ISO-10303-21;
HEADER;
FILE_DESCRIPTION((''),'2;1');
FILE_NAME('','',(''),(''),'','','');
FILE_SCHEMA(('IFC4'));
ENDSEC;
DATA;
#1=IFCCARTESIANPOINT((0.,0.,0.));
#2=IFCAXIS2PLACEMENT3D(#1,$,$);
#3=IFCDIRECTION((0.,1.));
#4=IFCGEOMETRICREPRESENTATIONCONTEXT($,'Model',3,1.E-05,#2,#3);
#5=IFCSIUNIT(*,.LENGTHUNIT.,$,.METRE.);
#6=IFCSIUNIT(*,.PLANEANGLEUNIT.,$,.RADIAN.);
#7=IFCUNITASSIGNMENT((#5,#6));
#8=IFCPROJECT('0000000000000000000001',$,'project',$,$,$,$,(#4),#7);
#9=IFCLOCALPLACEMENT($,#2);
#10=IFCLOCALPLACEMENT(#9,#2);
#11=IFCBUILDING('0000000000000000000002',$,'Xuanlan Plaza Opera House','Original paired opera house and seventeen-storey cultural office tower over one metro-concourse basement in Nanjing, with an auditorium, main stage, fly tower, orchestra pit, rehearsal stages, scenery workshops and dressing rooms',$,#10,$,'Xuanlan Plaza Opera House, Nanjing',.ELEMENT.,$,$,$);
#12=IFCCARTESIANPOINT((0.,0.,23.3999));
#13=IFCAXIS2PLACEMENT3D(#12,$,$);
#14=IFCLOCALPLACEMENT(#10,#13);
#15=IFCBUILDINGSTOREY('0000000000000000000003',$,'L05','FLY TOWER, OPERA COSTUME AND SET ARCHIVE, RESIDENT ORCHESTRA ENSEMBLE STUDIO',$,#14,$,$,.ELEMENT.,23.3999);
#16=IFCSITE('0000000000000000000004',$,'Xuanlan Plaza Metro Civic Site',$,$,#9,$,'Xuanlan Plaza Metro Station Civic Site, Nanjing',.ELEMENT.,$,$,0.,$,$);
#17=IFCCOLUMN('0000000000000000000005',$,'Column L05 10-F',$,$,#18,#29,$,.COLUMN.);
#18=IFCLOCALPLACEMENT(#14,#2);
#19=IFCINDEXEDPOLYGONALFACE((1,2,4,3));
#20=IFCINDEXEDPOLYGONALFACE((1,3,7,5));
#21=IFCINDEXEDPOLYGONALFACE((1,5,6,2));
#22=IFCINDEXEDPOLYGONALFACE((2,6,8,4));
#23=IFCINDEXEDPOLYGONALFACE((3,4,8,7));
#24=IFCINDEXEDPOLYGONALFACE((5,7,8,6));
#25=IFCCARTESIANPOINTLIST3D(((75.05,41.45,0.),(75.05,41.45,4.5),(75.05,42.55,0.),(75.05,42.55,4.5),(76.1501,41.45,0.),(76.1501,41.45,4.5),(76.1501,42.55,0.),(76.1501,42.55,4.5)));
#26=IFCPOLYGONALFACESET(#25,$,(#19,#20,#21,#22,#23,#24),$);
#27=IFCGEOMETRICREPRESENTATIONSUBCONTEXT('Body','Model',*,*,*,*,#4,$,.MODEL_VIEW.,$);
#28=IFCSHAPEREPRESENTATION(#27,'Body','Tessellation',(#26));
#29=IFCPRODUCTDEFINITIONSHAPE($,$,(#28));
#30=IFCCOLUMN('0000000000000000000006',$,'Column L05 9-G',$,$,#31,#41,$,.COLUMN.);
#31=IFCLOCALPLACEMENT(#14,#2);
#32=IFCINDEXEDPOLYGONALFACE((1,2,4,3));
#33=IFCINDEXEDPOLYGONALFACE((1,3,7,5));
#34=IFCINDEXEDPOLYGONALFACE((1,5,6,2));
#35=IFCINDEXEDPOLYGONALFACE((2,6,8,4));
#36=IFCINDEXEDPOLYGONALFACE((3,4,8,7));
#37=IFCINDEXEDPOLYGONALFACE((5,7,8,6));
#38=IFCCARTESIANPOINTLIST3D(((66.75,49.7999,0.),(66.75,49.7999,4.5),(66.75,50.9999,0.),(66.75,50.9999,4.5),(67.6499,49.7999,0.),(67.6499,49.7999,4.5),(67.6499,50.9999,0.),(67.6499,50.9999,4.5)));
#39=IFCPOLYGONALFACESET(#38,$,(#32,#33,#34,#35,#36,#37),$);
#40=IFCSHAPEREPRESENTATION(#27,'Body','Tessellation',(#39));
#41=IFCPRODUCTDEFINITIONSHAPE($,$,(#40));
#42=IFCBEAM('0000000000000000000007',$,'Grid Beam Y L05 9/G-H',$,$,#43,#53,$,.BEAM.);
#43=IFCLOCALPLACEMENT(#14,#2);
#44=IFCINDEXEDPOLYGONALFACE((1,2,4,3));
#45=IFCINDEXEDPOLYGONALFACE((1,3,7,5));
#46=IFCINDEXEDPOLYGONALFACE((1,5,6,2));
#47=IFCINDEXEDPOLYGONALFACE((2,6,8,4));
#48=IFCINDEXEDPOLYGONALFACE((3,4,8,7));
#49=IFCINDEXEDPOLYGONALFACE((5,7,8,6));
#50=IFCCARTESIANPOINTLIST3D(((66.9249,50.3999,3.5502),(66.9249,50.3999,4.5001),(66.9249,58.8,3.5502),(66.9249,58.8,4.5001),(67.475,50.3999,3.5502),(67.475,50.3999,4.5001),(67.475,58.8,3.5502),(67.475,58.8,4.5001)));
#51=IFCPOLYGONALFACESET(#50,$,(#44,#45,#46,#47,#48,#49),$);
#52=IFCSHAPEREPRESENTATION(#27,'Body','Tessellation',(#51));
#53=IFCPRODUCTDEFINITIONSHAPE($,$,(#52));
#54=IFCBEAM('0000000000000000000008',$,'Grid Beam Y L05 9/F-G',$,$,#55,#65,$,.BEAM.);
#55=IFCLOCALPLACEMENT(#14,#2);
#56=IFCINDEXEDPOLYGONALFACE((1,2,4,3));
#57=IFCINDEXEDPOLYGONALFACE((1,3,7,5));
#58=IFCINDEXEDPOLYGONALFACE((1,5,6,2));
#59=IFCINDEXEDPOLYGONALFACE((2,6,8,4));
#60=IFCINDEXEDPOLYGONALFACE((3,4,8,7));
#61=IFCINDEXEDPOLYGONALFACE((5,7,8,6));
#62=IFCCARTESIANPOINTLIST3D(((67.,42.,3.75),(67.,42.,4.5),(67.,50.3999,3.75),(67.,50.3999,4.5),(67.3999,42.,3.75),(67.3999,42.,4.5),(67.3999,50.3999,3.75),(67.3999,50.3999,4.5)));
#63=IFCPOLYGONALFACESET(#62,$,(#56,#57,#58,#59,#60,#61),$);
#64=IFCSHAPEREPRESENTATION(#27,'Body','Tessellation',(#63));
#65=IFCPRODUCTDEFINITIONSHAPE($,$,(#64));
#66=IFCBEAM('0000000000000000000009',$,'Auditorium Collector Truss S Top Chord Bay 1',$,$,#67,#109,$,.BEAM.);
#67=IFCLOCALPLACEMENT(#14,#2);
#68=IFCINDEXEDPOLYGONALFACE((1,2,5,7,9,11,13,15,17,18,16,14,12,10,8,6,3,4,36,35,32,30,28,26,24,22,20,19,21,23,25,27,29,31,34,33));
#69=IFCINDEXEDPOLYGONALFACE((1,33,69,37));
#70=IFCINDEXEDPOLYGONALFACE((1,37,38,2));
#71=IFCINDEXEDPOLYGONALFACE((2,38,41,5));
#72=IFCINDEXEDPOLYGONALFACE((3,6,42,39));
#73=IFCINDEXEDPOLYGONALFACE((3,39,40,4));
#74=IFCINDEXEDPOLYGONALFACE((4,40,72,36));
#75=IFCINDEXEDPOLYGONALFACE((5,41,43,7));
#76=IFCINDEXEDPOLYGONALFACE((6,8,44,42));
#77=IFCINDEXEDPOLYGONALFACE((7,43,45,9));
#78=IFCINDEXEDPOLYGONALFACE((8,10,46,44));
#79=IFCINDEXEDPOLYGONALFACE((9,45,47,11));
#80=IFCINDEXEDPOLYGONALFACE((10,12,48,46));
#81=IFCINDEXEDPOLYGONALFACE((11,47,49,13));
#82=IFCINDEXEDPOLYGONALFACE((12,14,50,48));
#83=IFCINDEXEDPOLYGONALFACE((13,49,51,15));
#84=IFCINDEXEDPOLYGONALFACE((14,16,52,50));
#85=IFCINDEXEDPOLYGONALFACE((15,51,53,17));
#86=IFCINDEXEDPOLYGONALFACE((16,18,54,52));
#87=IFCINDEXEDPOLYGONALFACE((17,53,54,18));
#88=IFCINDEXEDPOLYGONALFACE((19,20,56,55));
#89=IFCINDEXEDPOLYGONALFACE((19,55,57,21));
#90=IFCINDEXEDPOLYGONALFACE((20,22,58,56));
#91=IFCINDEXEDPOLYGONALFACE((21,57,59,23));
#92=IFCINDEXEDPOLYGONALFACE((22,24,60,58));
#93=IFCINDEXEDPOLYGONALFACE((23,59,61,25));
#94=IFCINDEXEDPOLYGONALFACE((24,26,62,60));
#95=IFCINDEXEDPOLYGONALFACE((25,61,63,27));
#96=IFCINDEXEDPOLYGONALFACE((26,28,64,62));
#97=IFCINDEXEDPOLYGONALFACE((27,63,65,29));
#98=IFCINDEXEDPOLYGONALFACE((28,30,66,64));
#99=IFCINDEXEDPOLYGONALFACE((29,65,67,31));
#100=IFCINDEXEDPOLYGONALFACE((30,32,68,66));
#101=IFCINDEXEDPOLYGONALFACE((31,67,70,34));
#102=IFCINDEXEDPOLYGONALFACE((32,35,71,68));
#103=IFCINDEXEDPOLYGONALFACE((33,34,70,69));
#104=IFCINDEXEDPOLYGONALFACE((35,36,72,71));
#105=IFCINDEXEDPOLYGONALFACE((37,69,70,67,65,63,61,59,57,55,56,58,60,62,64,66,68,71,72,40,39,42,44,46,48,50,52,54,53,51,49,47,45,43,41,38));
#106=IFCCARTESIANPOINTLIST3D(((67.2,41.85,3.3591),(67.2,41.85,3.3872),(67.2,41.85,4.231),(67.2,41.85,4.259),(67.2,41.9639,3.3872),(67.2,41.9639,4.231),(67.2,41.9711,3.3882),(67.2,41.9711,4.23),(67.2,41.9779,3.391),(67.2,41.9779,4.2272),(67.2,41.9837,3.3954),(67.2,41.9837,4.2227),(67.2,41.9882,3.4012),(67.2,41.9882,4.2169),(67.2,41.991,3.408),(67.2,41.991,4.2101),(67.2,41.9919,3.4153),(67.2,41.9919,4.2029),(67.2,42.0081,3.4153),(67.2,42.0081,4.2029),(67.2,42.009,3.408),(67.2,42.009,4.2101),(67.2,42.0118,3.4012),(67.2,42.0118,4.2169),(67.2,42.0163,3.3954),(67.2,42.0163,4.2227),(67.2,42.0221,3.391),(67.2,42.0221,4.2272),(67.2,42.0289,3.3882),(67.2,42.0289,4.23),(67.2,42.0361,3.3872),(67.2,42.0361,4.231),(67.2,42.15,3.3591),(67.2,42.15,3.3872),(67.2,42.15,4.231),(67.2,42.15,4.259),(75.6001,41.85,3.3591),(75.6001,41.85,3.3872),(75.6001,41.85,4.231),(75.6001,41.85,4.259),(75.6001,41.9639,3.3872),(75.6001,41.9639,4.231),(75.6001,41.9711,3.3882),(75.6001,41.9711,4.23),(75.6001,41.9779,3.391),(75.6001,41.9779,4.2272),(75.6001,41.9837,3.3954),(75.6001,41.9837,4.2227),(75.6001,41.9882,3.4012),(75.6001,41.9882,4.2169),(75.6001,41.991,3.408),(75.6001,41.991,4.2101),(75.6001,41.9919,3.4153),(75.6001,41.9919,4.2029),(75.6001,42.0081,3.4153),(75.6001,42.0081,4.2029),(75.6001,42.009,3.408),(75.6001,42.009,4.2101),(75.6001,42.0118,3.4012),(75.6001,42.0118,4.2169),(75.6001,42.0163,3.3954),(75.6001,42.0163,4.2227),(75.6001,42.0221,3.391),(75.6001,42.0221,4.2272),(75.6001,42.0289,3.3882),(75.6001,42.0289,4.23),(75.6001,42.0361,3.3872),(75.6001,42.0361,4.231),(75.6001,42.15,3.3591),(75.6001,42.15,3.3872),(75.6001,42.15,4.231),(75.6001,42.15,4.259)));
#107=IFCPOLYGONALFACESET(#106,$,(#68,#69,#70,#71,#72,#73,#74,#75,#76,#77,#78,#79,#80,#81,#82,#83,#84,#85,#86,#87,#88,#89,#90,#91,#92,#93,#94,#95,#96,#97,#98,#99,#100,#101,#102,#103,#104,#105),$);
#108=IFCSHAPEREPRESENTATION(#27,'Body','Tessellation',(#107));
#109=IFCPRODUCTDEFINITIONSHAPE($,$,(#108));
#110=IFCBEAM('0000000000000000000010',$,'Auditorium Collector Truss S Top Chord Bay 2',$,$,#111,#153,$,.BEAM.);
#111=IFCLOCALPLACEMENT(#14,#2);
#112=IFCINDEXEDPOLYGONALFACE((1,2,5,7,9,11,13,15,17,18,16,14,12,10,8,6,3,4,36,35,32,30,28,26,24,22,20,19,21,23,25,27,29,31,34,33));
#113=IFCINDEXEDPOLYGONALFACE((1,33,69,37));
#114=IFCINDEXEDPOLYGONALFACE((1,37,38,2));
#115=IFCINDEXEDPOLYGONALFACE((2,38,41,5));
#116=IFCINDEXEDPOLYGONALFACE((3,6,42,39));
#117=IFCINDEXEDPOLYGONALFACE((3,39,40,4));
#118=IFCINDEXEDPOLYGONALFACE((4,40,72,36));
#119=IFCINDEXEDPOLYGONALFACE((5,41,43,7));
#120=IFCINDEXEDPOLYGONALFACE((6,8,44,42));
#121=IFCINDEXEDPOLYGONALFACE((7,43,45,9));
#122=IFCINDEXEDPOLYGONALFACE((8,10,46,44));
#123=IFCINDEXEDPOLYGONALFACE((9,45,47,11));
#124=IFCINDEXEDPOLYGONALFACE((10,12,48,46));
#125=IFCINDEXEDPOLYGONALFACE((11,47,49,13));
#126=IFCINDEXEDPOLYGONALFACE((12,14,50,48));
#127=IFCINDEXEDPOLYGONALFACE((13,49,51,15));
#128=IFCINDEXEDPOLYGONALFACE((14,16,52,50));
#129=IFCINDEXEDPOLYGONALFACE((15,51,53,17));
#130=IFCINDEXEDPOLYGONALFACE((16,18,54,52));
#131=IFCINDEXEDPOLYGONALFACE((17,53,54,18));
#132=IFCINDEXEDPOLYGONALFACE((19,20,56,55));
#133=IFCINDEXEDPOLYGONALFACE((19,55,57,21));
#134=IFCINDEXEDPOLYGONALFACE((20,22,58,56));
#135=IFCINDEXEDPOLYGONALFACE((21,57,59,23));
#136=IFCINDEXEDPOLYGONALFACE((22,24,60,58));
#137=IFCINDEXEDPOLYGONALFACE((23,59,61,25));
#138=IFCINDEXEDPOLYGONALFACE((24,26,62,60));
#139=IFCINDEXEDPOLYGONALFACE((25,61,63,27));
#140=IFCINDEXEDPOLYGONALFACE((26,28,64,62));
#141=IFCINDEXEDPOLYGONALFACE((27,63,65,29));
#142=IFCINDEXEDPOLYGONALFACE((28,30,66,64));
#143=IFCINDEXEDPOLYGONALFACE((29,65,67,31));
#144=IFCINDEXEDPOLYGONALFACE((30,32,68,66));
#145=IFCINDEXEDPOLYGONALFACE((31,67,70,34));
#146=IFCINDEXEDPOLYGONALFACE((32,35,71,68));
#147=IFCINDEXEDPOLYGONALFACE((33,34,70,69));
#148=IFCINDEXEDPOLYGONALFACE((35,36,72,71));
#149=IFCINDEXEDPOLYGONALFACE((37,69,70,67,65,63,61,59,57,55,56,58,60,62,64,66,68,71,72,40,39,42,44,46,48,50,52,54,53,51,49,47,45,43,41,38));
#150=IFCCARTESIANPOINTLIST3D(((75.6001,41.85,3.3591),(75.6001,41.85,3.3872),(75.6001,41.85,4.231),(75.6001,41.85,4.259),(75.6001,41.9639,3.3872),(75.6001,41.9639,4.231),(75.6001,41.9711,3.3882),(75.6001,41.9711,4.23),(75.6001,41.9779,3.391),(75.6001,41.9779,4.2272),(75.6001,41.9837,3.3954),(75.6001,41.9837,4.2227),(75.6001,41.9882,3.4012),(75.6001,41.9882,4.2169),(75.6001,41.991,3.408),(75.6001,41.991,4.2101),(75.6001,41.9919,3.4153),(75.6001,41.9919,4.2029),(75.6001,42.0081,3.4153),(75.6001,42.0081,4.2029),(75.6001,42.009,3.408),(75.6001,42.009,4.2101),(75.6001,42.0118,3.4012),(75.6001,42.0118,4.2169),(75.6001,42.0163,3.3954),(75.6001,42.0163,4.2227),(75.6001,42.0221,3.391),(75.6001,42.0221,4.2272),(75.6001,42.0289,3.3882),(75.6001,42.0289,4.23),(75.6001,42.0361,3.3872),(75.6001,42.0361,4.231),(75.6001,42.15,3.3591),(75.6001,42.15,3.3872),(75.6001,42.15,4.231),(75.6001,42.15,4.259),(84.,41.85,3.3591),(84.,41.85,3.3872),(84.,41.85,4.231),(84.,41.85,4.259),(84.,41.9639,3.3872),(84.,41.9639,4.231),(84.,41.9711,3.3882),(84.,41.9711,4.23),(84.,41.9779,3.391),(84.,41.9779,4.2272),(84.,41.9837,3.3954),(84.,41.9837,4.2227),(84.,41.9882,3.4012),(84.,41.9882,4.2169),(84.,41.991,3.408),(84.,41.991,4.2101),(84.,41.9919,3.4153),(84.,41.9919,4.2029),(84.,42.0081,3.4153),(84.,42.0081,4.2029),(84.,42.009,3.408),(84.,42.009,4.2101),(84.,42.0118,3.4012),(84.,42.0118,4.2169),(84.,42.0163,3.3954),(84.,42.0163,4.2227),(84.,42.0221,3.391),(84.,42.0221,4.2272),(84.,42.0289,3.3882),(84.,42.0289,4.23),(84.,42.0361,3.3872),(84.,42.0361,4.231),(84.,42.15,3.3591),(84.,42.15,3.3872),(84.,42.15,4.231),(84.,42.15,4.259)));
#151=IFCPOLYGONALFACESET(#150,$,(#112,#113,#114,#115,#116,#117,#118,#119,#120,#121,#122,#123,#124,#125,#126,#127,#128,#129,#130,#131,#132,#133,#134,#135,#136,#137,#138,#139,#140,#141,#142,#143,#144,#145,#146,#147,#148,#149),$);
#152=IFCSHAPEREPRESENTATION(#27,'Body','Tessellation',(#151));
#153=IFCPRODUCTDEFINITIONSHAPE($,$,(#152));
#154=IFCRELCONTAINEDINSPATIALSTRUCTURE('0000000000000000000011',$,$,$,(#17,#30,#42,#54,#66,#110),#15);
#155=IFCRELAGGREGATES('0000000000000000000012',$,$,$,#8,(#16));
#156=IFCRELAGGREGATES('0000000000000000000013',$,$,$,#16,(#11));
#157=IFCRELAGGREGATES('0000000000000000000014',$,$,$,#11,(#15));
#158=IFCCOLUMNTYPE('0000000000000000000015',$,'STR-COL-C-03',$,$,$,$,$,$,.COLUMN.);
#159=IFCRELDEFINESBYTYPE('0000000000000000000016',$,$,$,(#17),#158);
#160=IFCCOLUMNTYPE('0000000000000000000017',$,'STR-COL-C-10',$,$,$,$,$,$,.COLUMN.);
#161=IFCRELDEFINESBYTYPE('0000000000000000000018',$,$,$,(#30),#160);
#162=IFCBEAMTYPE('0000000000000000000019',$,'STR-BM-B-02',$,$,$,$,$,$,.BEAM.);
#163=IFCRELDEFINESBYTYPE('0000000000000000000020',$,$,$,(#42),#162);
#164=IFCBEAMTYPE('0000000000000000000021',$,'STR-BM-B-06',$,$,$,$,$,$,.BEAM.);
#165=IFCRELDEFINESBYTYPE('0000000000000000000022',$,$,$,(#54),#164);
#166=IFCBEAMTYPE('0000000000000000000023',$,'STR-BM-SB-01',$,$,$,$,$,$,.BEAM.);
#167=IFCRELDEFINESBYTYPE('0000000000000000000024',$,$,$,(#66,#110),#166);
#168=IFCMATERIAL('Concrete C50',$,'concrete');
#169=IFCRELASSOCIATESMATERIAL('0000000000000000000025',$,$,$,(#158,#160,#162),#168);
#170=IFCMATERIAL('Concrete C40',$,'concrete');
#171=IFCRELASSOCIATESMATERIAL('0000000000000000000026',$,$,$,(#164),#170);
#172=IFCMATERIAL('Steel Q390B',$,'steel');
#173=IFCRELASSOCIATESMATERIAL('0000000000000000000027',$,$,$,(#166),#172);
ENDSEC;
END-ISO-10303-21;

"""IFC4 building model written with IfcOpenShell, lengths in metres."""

from ifc_helpers import new_model, si_unit, direction, frame, origin, origin_2d, place, context, subcontext, project, spatial, rectangle, i_section, extrude, material, material_profile, profile_set, type_object, element, save


model = new_model("IFC4")

# Units and contexts
model_context = context("Model", 3, precision=1e-05, world=origin(), true_north=direction((0.0, 1.0)))
body_context = subcontext(model_context, "Body", "Model", "MODEL_VIEW")
ifc_project = project(units=[si_unit("LENGTHUNIT", "METRE"), si_unit("PLANEANGLEUNIT", "RADIAN")], contexts=[model_context])

# Site, building, storey
site_placement = place(None, origin())
site = spatial("IfcSite", under=ifc_project, at=site_placement, Name="Xuanlan Plaza Metro Civic Site", LongName="Xuanlan Plaza Metro Station Civic Site, Nanjing", CompositionType="ELEMENT", RefElevation=0.0)
building_placement = place(site_placement, origin())
building = spatial("IfcBuilding", under=site, at=building_placement, Name="Xuanlan Plaza Opera House", Description="Original paired opera house and seventeen-storey cultural office tower over one metro-concourse basement in Nanjing, with an auditorium, main stage, fly tower, orchestra pit, rehearsal stages, scenery workshops and dressing rooms", LongName="Xuanlan Plaza Opera House, Nanjing", CompositionType="ELEMENT")
storey_placement = place(building_placement, frame((0.0, 0.0, 23.3999)))
storey = spatial("IfcBuildingStorey", under=building, at=storey_placement, Name="L05", Description="FLY TOWER, OPERA COSTUME AND SET ARCHIVE, RESIDENT ORCHESTRA ENSEMBLE STUDIO", CompositionType="ELEMENT", Elevation=23.3999)

# Columns
ifc_material_1 = material(Name="Concrete C50", Category="concrete")
ifc_material_profile_1 = material_profile(ifc_material_1, rectangle(XDim=1.1001, YDim=1.1001, at=origin_2d()), Name="RC-COL 1100x1100")
ifc_profile_set_1 = profile_set([ifc_material_profile_1], Name="Concrete C50")
column_type_1 = type_object("IfcColumnType", Name="STR-COL-C-03", PredefinedType="COLUMN", material=ifc_profile_set_1)
column_1_placement = place(storey_placement, frame((75.6001, 42.0, 0.0), z_axis=(0.0, 0.0, 1.0), x_axis=(1.0, 0.0, 0.0)))
element("IfcColumn", 1, at=column_1_placement, inside=storey, type_object=column_type_1, Name="Column L05 10-F", PredefinedType="COLUMN", context=body_context, shape_type="SweptSolid", body=[
    extrude(rectangle(XDim=1.1001, YDim=1.1001, at=origin_2d()), origin(), (0.0, 0.0, 1.0), 4.5),
])
ifc_material_profile_2 = material_profile(ifc_material_1, rectangle(XDim=0.8999, YDim=1.2, at=origin_2d()), Name="RC-COL 900x1200")
ifc_profile_set_2 = profile_set([ifc_material_profile_2], Name="Concrete C50")
column_type_2 = type_object("IfcColumnType", Name="STR-COL-C-10", PredefinedType="COLUMN", material=ifc_profile_set_2)
column_2_placement = place(storey_placement, frame((67.2, 50.3999, 0.0), z_axis=(0.0, 0.0, 1.0), x_axis=(1.0, 0.0, 0.0)))
element("IfcColumn", 2, at=column_2_placement, inside=storey, type_object=column_type_2, Name="Column L05 9-G", PredefinedType="COLUMN", context=body_context, shape_type="SweptSolid", body=[
    extrude(rectangle(XDim=0.8999, YDim=1.2, at=origin_2d()), origin(), (0.0, 0.0, 1.0), 4.5),
])

# Beams
ifc_material_profile_3 = material_profile(ifc_material_1, rectangle(XDim=0.55, YDim=0.95, at=origin_2d()), Name="RC-BM 550x950")
ifc_profile_set_3 = profile_set([ifc_material_profile_3], Name="Concrete C50")
beam_type_1 = type_object("IfcBeamType", Name="STR-BM-B-02", PredefinedType="BEAM", material=ifc_profile_set_3)
beam_1_placement = place(storey_placement, frame((67.2, 50.3999, 4.0251), z_axis=(0.0, 1.0, 0.0), x_axis=(-1.0, 0.0, 0.0)))
element("IfcBeam", 3, at=beam_1_placement, inside=storey, type_object=beam_type_1, Name="Grid Beam Y L05 9/G-H", PredefinedType="BEAM", context=body_context, shape_type="SweptSolid", body=[
    extrude(rectangle(XDim=0.55, YDim=0.95, at=origin_2d()), origin(), (0.0, 0.0, 1.0), 8.4001),
])
ifc_material_2 = material(Name="Concrete C40", Category="concrete")
ifc_material_profile_4 = material_profile(ifc_material_2, rectangle(XDim=0.3999, YDim=0.75, at=origin_2d()), Name="RC-BM 400x750")
ifc_profile_set_4 = profile_set([ifc_material_profile_4], Name="Concrete C40")
beam_type_2 = type_object("IfcBeamType", Name="STR-BM-B-06", PredefinedType="BEAM", material=ifc_profile_set_4)
beam_2_placement = place(storey_placement, frame((67.2, 42.0, 4.125), z_axis=(0.0, 1.0, 0.0), x_axis=(-1.0, 0.0, 0.0)))
element("IfcBeam", 4, at=beam_2_placement, inside=storey, type_object=beam_type_2, Name="Grid Beam Y L05 9/F-G", PredefinedType="BEAM", context=body_context, shape_type="SweptSolid", body=[
    extrude(rectangle(XDim=0.3999, YDim=0.75, at=origin_2d()), origin(), (0.0, 0.0, 1.0), 8.3999),
])
ifc_material_3 = material(Name="Steel Q390B", Category="steel")
ifc_material_profile_5 = material_profile(ifc_material_3, i_section(OverallWidth=0.3, OverallDepth=0.8999, WebThickness=0.0161, FlangeThickness=0.0281, FilletRadius=0.0281, at=origin_2d()), Name="HN 900x300x16x28")
ifc_profile_set_5 = profile_set([ifc_material_profile_5], Name="Steel Q390B")
beam_type_3 = type_object("IfcBeamType", Name="STR-BM-SB-01", PredefinedType="BEAM", material=ifc_profile_set_5)
beam_3_placement = place(storey_placement, frame((67.2, 42.0, 3.8091), z_axis=(1.0, 0.0, 0.0), x_axis=(0.0, 1.0, 0.0)))
element("IfcBeam", 5, at=beam_3_placement, inside=storey, type_object=beam_type_3, Name="Auditorium Collector Truss S Top Chord Bay 1", PredefinedType="BEAM", context=body_context, shape_type="SweptSolid", body=[
    extrude(i_section(OverallWidth=0.3, OverallDepth=0.8999, WebThickness=0.0161, FlangeThickness=0.0281, FilletRadius=0.0281, at=origin_2d()), origin(), (0.0, 0.0, 1.0), 8.4001),
])
beam_4_placement = place(storey_placement, frame((75.6001, 42.0, 3.8091), z_axis=(1.0, 0.0, 0.0), x_axis=(0.0, 1.0, 0.0)))
element("IfcBeam", 6, at=beam_4_placement, inside=storey, type_object=beam_type_3, Name="Auditorium Collector Truss S Top Chord Bay 2", PredefinedType="BEAM", context=body_context, shape_type="SweptSolid", body=[
    extrude(i_section(OverallWidth=0.3, OverallDepth=0.8999, WebThickness=0.0161, FlangeThickness=0.0281, FilletRadius=0.0281, at=origin_2d()), origin(), (0.0, 0.0, 1.0), 8.3999),
])

save(model, "model.ifc")
